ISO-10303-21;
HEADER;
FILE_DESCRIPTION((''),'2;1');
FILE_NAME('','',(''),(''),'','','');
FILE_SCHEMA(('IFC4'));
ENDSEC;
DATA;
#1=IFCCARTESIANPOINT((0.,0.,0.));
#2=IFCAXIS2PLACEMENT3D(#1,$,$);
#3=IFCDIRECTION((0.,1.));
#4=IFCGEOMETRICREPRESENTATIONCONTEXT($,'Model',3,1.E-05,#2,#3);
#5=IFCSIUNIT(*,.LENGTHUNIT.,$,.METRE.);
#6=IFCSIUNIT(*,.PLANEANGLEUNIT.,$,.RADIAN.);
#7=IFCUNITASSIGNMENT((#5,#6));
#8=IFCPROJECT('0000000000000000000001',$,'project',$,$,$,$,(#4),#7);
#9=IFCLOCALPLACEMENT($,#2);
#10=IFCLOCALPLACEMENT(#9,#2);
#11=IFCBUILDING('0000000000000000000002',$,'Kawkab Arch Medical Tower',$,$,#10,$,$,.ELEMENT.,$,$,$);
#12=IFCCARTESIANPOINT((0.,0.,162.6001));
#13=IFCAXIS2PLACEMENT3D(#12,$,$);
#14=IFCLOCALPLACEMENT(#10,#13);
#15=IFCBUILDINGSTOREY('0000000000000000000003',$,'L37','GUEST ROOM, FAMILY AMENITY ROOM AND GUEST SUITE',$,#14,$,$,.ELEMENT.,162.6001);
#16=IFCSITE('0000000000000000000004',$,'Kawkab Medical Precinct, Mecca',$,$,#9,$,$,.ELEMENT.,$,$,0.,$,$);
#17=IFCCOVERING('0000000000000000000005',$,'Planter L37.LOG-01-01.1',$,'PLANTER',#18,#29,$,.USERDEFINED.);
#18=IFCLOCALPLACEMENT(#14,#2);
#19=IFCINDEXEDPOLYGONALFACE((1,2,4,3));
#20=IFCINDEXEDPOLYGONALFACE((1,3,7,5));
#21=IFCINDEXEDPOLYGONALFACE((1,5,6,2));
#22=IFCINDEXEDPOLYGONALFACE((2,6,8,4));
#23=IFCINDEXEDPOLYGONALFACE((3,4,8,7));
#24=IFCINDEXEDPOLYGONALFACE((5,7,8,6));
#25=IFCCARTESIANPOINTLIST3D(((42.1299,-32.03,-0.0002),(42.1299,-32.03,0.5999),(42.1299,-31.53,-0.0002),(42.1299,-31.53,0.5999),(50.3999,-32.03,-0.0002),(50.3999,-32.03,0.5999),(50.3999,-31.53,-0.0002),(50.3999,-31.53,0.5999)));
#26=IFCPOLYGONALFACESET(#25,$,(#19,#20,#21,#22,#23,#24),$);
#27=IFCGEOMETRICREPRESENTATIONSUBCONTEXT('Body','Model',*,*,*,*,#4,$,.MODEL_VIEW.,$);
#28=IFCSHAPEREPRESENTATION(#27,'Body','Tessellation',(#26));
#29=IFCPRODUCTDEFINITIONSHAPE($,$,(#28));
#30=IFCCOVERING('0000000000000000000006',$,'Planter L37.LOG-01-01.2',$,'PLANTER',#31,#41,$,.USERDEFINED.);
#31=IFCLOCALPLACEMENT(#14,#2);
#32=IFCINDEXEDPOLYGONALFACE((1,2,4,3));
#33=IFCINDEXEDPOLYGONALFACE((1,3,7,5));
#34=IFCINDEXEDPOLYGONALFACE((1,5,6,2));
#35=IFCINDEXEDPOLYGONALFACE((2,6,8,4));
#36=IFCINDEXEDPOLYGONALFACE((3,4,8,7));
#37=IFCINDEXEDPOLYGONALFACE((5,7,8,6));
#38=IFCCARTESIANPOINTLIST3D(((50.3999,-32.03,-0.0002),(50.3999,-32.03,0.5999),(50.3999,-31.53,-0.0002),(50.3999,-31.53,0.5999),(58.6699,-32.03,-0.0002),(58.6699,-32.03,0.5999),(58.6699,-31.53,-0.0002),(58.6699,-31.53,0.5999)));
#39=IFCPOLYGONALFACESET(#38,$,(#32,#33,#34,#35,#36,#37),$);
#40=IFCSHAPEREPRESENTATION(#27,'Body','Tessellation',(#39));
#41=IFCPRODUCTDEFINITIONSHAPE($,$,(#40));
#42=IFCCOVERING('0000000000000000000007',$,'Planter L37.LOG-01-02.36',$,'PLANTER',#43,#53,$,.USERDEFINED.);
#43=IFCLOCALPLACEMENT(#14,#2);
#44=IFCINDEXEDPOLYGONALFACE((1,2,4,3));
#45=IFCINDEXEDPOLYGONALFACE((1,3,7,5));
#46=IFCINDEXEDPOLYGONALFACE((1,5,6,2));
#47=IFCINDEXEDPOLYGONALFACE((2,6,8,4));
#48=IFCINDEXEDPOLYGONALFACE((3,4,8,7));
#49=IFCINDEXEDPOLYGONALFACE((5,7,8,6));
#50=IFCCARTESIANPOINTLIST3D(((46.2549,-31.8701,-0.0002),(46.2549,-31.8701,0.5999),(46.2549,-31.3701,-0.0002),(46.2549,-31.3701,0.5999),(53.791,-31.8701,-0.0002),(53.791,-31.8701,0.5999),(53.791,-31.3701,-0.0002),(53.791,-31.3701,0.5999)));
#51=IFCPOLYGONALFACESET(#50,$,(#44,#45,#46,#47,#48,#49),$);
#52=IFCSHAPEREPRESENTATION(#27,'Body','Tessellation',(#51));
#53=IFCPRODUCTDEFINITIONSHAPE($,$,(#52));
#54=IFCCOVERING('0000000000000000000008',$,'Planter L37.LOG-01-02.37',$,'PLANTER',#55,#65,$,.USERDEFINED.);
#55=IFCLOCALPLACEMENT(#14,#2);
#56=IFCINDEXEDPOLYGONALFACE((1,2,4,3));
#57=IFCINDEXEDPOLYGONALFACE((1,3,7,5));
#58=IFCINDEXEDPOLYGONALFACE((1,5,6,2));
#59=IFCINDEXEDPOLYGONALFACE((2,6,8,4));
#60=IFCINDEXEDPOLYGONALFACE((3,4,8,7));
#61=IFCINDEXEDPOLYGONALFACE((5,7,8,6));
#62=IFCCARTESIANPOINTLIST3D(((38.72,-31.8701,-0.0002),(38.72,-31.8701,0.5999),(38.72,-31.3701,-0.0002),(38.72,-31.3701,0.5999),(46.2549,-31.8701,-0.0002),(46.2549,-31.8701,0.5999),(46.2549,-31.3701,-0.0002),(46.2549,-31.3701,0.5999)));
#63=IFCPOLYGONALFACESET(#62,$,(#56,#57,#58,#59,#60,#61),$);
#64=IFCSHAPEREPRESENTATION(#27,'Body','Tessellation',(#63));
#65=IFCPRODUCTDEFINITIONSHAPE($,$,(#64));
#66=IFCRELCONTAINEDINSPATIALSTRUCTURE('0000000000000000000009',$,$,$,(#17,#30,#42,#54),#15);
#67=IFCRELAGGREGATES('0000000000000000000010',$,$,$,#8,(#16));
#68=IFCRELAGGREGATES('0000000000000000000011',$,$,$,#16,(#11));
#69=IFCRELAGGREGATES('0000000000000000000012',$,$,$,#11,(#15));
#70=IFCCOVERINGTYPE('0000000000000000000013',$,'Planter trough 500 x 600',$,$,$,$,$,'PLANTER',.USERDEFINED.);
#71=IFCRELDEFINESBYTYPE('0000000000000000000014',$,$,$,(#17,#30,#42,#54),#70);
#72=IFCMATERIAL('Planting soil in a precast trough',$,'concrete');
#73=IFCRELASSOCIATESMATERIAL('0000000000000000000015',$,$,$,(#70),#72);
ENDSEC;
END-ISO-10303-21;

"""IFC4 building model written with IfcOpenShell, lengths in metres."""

from ifc_helpers import new_model, si_unit, direction, frame, origin, origin_2d, place, context, subcontext, project, spatial, rectangle, extrude, material, material_profile, profile_set, type_object, element, save


model = new_model("IFC4")

# Units and contexts
model_context = context("Model", 3, precision=1e-05, world=origin(), true_north=direction((0.0, 1.0)))
body_context = subcontext(model_context, "Body", "Model", "MODEL_VIEW")
ifc_project = project(units=[si_unit("LENGTHUNIT", "METRE"), si_unit("PLANEANGLEUNIT", "RADIAN")], contexts=[model_context])

# Site, building, storey
site_placement = place(None, origin())
site = spatial("IfcSite", under=ifc_project, at=site_placement, Name="Kawkab Medical Precinct, Mecca", CompositionType="ELEMENT", RefElevation=0.0)
building_placement = place(site_placement, origin())
building = spatial("IfcBuilding", under=site, at=building_placement, Name="Kawkab Arch Medical Tower", CompositionType="ELEMENT")
storey_placement = place(building_placement, frame((0.0, 0.0, 162.6001)))
storey = spatial("IfcBuildingStorey", under=building, at=storey_placement, Name="L37", Description="GUEST ROOM, FAMILY AMENITY ROOM AND GUEST SUITE", CompositionType="ELEMENT", Elevation=162.6001)

# Coverings
ifc_material_1 = material(Name="Planting soil in a precast trough", Category="concrete")
ifc_material_profile_1 = material_profile(ifc_material_1, rectangle(XDim=0.5, YDim=0.6001, at=origin_2d()), Name="Trough 500x600")
ifc_profile_set_1 = profile_set([ifc_material_profile_1], Name="Planting soil in a precast trough")
covering_type_1 = type_object("IfcCoveringType", Name="Planter trough 500 x 600", ElementType="PLANTER", PredefinedType="USERDEFINED", material=ifc_profile_set_1)
for number, where, z_axis, x_axis, name in (
    (1, (42.1299, -31.78, 0.2998), (1.0, 0.0, 0.0), (0.0, 1.0, 0.0), "Planter L37.LOG-01-01.1"),
    (2, (50.3999, -31.78, 0.2998), (1.0, 0.0, 0.0), (0.0, 1.0, 0.0), "Planter L37.LOG-01-01.2"),
):
    element("IfcCovering", number, at=place(storey_placement, frame(where, z_axis=z_axis, x_axis=x_axis)), inside=storey, type_object=covering_type_1, Name=name, ObjectType="PLANTER", PredefinedType="USERDEFINED", context=body_context, shape_type="SweptSolid", body=[
        extrude(rectangle(XDim=0.5, YDim=0.6001, at=origin_2d()), origin(), (0.0, 0.0, 1.0), 8.27),
    ])
covering_1_placement = place(storey_placement, frame((53.791, -31.6201, 0.2998), z_axis=(-1.0, 0.0, 0.0), x_axis=(0.0, -1.0, 0.0)))
element("IfcCovering", 3, at=covering_1_placement, inside=storey, type_object=covering_type_1, Name="Planter L37.LOG-01-02.36", ObjectType="PLANTER", PredefinedType="USERDEFINED", context=body_context, shape_type="SweptSolid", body=[
    extrude(rectangle(XDim=0.5, YDim=0.6001, at=origin_2d()), origin(), (0.0, 0.0, 1.0), 7.5361),
])
covering_2_placement = place(storey_placement, frame((46.2549, -31.6201, 0.2998), z_axis=(-1.0, 0.0, 0.0), x_axis=(0.0, -1.0, 0.0)))
element("IfcCovering", 4, at=covering_2_placement, inside=storey, type_object=covering_type_1, Name="Planter L37.LOG-01-02.37", ObjectType="PLANTER", PredefinedType="USERDEFINED", context=body_context, shape_type="SweptSolid", body=[
    extrude(rectangle(XDim=0.5, YDim=0.6001, at=origin_2d()), origin(), (0.0, 0.0, 1.0), 7.5349),
])

save(model, "model.ifc")
